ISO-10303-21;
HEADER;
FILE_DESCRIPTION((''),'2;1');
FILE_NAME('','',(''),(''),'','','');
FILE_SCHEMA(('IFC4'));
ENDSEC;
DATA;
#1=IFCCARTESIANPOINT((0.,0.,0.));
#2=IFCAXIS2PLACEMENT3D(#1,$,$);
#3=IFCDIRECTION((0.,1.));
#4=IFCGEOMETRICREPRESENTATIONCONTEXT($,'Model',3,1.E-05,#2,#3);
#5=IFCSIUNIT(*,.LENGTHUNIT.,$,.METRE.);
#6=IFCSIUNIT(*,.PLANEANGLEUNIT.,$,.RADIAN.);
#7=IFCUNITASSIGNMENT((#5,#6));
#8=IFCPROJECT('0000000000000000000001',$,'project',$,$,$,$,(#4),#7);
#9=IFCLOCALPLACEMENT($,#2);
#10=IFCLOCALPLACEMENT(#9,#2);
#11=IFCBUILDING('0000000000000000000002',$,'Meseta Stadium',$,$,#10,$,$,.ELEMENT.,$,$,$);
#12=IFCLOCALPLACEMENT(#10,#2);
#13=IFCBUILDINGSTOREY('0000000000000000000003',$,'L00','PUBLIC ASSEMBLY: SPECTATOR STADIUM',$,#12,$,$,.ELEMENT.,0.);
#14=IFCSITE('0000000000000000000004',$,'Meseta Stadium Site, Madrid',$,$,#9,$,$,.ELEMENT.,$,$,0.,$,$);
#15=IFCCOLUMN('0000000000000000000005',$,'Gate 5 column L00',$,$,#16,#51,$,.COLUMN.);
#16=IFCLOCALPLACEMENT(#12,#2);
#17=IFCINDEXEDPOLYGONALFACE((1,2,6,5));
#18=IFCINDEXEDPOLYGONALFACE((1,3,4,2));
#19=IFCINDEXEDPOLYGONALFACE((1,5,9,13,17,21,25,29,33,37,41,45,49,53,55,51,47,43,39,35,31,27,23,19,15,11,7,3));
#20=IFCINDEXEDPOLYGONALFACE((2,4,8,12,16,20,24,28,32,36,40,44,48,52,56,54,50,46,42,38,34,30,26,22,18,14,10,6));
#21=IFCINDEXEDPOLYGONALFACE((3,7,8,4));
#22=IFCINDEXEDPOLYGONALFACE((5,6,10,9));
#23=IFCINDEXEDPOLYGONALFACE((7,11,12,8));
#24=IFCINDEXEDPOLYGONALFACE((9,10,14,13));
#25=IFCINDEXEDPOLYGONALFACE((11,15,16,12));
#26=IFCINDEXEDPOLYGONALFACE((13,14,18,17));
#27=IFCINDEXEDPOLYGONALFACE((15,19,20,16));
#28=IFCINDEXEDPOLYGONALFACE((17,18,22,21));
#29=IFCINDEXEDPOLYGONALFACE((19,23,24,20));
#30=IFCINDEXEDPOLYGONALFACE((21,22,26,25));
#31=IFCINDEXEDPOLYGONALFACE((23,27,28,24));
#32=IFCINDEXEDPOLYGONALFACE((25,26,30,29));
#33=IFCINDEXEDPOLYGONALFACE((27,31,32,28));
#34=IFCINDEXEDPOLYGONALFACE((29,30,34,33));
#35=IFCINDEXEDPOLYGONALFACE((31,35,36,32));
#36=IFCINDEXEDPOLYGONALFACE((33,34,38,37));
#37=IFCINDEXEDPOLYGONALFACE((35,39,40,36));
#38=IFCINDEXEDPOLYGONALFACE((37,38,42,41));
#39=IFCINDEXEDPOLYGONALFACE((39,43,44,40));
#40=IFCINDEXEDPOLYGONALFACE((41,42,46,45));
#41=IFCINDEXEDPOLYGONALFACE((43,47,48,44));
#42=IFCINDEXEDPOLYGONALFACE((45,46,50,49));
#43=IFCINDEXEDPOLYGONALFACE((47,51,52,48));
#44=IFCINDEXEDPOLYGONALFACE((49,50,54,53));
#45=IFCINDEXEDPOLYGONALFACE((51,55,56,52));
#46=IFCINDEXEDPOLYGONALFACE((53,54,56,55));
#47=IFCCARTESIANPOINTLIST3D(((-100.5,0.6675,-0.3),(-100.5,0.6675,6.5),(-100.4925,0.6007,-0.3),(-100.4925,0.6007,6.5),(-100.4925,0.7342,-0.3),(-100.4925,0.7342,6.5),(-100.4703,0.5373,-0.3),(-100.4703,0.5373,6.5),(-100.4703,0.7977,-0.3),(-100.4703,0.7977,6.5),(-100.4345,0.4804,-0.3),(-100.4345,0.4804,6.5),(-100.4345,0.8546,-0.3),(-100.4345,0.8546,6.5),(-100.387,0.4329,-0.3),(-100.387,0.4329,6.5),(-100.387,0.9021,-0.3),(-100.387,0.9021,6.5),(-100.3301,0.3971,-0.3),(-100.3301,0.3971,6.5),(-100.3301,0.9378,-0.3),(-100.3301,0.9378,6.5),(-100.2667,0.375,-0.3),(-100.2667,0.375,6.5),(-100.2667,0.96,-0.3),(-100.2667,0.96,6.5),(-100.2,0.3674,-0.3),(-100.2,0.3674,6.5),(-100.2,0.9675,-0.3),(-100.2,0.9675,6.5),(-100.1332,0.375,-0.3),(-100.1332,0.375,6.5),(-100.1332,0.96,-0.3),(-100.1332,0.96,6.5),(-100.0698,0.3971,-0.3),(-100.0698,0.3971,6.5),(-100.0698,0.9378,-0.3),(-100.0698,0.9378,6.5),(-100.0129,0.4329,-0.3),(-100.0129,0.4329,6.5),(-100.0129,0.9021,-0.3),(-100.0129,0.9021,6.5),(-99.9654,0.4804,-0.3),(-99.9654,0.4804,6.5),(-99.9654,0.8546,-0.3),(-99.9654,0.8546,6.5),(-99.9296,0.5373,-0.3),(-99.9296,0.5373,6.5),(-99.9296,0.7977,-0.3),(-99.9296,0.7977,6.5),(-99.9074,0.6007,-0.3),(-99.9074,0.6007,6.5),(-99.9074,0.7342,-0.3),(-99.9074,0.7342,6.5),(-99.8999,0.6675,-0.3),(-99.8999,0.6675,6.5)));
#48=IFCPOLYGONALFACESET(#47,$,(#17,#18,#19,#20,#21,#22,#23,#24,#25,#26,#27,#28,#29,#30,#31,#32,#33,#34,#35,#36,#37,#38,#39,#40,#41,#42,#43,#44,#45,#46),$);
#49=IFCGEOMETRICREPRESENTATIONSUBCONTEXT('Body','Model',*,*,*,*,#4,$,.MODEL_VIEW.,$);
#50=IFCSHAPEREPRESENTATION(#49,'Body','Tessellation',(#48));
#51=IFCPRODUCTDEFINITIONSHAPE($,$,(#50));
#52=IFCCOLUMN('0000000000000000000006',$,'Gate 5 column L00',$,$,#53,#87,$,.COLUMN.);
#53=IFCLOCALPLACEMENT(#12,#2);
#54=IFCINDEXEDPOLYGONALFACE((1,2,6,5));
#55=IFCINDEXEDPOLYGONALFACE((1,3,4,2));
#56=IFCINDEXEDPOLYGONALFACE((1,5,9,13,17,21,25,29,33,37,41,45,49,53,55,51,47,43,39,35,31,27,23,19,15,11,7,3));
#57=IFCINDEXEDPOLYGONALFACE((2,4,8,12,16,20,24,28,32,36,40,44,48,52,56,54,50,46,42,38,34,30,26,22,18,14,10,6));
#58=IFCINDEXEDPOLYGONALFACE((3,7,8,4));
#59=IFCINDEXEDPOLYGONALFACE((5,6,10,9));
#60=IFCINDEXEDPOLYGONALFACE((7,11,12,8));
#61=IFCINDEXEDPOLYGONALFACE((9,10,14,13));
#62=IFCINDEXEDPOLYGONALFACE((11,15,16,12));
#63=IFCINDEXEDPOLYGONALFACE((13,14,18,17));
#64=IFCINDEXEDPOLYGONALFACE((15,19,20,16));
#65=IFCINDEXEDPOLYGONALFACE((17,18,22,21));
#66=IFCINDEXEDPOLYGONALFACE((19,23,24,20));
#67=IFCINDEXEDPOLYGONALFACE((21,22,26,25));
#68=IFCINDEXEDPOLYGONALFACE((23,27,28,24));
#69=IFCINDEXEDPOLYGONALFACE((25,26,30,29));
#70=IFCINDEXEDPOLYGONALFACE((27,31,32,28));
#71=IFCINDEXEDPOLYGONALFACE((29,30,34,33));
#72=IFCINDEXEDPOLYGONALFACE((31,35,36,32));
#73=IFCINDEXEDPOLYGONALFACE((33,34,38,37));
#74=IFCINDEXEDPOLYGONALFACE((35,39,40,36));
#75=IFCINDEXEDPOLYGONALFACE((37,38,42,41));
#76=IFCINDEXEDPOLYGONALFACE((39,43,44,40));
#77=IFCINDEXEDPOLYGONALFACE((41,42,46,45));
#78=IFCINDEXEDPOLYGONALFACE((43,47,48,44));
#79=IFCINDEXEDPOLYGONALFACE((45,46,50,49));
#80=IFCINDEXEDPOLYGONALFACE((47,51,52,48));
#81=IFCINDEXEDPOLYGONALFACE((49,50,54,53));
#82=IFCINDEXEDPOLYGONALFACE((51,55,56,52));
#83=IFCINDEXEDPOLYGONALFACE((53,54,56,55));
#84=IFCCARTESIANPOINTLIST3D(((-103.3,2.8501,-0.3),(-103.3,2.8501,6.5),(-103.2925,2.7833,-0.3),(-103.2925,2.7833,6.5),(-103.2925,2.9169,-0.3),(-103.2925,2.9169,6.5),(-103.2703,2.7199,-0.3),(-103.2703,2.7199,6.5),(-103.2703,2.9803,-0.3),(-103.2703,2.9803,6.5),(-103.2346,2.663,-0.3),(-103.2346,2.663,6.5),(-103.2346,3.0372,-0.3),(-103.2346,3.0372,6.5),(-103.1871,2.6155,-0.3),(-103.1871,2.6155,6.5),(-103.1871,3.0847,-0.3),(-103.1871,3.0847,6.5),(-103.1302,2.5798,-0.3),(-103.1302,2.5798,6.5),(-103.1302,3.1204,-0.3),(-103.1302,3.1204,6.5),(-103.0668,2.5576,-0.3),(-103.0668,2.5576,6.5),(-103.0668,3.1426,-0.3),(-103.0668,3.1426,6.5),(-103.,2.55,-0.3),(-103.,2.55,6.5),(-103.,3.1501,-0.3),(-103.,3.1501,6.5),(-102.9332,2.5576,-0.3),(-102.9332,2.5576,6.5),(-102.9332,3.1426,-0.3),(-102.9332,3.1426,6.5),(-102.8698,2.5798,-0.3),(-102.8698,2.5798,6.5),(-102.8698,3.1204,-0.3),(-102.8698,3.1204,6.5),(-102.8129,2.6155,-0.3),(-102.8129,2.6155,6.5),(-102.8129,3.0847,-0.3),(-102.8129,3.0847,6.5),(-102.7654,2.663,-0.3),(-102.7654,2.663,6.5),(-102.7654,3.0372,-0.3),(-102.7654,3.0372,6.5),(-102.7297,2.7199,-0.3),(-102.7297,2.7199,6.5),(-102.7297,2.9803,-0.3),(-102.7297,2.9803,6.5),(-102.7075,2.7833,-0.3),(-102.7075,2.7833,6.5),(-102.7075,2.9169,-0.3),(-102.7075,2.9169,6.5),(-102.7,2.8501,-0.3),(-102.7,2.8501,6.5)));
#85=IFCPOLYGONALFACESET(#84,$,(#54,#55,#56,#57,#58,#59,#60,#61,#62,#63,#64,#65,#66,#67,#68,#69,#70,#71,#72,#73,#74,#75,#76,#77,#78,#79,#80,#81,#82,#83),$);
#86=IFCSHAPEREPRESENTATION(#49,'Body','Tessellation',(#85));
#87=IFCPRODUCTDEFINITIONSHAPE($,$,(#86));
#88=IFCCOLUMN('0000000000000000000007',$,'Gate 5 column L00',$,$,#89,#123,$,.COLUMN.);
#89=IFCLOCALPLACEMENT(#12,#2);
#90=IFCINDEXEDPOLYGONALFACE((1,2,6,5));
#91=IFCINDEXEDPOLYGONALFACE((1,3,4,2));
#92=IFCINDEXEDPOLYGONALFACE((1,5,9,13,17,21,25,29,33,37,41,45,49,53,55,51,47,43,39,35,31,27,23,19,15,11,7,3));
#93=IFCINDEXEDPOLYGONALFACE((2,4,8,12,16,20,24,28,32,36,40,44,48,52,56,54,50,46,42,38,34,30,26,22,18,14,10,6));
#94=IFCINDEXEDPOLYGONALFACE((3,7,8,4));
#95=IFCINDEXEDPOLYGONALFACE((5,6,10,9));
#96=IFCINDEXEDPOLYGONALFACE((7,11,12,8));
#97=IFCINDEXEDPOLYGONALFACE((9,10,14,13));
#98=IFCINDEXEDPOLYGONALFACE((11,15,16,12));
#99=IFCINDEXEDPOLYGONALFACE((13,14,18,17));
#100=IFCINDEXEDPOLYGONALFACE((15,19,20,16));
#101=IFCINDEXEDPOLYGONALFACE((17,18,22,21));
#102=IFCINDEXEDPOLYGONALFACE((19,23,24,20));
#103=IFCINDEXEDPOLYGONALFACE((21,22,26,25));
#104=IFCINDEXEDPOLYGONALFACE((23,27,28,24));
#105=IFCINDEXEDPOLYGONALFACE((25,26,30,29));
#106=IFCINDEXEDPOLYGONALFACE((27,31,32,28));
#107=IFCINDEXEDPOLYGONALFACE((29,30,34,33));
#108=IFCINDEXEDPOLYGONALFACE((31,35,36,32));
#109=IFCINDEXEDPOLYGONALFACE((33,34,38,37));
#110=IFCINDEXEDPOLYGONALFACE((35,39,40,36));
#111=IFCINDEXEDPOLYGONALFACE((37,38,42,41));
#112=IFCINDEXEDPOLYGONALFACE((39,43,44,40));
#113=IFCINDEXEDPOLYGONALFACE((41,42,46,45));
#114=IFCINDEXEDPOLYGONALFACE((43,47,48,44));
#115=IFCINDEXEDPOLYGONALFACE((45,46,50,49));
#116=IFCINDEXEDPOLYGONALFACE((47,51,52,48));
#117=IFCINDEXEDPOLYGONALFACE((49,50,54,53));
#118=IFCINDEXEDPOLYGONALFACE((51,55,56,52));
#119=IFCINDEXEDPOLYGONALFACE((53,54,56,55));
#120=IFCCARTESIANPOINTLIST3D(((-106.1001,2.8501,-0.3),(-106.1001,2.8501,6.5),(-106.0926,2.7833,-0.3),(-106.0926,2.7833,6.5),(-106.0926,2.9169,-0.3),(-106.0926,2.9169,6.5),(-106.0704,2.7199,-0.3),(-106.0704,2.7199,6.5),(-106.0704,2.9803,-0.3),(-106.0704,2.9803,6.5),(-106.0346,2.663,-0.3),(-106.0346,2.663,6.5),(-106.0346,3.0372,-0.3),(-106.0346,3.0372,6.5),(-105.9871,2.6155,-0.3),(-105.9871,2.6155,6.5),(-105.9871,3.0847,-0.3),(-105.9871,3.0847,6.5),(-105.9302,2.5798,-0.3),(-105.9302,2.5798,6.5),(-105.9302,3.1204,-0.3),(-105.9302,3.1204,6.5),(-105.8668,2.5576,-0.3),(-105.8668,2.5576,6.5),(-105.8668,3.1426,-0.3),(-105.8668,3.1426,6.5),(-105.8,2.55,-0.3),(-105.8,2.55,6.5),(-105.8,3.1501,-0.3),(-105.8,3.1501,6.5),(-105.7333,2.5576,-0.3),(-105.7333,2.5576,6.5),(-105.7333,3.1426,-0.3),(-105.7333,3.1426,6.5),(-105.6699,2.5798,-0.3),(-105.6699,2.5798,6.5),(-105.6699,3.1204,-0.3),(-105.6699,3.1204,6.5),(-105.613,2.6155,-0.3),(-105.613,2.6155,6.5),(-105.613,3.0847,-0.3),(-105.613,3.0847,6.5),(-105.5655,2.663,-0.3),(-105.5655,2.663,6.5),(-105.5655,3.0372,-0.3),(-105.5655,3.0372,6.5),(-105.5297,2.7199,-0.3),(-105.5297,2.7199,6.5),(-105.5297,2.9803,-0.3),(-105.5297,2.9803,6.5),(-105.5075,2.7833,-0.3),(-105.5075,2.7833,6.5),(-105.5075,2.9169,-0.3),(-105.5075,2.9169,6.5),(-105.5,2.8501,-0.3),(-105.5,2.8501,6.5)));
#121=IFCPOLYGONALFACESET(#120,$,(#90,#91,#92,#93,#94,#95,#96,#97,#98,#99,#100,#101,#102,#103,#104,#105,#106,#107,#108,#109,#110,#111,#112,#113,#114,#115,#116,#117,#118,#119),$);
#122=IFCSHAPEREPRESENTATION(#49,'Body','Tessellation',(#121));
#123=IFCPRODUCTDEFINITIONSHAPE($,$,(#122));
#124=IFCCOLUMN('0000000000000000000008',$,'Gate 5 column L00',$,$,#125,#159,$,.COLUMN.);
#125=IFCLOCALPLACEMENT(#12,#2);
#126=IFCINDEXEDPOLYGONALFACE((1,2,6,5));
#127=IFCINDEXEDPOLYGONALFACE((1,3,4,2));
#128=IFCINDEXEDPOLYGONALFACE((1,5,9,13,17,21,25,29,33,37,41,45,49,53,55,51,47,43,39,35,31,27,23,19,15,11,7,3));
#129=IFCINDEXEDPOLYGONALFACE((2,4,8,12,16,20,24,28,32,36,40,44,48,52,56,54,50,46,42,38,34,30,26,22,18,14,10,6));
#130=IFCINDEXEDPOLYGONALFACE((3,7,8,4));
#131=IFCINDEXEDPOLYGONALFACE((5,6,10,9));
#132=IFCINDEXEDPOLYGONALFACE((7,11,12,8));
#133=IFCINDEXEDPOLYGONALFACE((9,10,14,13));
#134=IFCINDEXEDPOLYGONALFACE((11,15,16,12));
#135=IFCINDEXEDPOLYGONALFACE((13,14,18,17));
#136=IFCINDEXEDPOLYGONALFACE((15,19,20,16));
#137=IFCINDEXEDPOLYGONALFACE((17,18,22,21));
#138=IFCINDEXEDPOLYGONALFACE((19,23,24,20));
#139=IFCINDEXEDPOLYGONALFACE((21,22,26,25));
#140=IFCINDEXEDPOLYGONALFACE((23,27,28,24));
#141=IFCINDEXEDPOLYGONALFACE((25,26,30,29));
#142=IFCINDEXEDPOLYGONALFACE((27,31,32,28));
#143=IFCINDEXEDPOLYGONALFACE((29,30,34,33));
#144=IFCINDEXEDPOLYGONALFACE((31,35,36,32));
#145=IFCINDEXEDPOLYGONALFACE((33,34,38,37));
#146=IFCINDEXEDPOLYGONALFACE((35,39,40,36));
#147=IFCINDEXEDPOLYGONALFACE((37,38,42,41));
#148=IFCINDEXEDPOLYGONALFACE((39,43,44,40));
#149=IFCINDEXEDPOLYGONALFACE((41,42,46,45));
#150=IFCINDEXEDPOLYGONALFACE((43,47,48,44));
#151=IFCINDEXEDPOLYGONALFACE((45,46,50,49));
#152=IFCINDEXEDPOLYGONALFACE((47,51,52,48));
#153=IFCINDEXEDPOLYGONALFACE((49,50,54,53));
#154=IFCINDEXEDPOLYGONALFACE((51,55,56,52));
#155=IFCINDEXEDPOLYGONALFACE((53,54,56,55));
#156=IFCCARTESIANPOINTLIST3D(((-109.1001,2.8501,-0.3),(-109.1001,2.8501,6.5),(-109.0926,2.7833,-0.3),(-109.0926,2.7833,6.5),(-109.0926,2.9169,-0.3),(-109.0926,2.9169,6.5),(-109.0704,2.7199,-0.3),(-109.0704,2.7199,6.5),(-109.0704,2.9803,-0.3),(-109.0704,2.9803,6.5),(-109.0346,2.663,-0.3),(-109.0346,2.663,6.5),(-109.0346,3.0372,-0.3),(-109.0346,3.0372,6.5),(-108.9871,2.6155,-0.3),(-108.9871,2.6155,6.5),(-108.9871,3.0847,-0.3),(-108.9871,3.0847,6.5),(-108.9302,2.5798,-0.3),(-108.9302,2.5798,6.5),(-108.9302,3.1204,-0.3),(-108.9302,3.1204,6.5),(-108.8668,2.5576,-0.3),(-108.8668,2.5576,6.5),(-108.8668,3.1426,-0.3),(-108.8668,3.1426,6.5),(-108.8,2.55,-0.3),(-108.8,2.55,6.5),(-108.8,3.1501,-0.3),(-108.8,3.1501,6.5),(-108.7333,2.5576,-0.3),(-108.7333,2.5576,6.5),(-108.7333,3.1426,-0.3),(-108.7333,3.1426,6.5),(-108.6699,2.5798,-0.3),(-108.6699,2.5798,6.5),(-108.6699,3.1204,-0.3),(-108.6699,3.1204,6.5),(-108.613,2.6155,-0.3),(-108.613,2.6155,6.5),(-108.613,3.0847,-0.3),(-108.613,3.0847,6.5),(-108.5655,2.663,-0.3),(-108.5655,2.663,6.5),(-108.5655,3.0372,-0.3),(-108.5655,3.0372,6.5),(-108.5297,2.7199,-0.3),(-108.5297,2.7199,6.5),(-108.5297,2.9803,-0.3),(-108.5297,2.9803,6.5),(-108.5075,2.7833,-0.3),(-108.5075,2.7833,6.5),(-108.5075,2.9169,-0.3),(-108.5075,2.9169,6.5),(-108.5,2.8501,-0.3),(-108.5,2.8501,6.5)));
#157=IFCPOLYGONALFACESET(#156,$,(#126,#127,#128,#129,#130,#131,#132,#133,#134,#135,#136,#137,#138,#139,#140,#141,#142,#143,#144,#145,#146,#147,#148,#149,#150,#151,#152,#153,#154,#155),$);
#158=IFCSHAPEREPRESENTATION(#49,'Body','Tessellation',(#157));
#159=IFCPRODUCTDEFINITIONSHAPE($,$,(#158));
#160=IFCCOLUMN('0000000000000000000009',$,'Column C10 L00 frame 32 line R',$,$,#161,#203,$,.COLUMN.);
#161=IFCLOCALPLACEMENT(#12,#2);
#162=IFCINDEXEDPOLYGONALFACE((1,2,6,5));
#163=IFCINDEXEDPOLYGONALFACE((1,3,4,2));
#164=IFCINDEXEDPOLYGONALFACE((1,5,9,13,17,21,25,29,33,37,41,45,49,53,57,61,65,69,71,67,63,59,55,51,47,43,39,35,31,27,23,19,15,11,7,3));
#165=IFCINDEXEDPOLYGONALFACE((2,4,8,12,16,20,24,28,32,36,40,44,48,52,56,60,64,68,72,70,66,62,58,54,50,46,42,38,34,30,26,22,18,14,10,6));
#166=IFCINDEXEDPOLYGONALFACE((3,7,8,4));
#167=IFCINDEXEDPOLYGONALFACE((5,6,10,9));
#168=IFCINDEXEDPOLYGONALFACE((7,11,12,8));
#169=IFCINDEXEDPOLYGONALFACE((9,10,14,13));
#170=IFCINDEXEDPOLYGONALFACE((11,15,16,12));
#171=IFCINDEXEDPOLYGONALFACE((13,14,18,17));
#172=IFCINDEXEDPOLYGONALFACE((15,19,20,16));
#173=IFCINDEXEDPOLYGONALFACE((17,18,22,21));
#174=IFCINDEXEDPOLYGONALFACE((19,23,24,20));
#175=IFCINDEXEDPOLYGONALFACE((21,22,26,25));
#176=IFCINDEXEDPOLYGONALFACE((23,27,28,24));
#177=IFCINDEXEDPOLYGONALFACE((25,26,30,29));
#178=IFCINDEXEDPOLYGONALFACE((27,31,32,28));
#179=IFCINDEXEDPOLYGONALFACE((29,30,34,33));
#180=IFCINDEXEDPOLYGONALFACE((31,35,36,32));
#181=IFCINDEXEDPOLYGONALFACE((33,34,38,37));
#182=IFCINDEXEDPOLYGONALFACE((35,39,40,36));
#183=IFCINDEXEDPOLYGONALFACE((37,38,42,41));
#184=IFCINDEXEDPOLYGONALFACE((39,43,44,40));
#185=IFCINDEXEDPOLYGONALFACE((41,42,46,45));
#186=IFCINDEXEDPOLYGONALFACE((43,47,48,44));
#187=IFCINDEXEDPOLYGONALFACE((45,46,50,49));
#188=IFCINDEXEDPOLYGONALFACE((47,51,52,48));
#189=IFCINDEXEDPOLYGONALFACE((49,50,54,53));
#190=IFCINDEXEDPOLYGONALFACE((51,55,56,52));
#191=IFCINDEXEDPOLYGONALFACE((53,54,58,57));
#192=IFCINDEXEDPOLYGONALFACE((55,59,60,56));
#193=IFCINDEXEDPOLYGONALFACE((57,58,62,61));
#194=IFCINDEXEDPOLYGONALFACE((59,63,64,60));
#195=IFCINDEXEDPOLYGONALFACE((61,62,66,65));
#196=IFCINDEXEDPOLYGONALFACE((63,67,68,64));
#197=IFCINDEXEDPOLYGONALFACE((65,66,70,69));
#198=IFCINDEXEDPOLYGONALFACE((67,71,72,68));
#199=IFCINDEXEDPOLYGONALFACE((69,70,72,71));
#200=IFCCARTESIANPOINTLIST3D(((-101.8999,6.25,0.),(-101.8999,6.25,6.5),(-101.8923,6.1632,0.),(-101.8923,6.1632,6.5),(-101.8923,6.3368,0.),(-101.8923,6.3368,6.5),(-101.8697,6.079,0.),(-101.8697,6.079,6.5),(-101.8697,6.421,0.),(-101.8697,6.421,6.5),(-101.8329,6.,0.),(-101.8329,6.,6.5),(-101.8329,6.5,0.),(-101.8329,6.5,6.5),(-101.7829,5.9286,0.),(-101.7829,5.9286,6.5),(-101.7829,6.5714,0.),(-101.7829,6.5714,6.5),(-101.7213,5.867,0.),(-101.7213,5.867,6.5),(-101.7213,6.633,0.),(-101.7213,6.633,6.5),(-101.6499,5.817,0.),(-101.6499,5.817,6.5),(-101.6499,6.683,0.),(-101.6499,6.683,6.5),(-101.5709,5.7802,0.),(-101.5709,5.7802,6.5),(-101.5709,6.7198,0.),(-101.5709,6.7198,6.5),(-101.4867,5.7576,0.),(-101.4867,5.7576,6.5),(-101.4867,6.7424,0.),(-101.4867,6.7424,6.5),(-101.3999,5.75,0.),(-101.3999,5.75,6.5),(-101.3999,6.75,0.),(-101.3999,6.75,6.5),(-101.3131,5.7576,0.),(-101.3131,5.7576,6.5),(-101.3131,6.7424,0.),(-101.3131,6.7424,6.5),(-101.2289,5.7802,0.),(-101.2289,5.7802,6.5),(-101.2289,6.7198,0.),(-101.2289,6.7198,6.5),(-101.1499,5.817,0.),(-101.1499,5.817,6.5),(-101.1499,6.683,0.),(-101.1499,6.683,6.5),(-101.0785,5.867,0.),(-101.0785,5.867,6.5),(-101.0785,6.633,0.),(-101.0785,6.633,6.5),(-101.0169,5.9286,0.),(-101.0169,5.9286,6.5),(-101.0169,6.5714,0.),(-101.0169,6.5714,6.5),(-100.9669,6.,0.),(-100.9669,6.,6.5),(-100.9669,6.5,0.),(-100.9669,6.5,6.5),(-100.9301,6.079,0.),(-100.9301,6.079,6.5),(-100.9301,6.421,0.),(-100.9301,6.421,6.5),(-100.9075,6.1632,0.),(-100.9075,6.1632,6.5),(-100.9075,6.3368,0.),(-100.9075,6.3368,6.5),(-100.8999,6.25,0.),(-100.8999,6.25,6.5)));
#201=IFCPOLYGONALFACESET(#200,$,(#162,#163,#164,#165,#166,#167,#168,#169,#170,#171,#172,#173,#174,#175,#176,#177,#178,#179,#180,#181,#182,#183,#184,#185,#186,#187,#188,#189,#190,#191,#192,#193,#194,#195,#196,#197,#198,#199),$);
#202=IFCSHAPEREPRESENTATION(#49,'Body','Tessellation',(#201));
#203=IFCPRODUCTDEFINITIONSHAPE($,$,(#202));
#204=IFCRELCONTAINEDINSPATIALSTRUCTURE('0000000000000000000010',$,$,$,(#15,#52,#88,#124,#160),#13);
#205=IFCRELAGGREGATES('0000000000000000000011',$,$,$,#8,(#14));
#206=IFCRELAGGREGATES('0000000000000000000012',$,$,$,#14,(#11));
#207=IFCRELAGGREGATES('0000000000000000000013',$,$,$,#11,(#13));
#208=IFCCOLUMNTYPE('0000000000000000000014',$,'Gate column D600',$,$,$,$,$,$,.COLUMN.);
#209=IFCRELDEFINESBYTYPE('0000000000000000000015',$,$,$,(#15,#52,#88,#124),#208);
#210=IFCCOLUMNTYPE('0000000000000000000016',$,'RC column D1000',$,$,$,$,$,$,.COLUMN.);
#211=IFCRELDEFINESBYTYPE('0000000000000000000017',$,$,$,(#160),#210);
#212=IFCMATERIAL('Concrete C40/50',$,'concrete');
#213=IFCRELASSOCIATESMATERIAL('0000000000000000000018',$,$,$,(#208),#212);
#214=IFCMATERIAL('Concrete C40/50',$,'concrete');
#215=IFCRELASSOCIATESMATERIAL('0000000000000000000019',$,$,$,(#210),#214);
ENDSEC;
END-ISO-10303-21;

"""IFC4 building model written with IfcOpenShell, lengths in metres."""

from ifc_helpers import new_model, si_unit, direction, frame, origin, origin_2d, place, context, subcontext, project, spatial, circle, extrude, material, material_profile, profile_set, type_object, element, save


model = new_model("IFC4")

# Units and contexts
model_context = context("Model", 3, precision=1e-05, world=origin(), true_north=direction((0.0, 1.0)))
body_context = subcontext(model_context, "Body", "Model", "MODEL_VIEW")
ifc_project = project(units=[si_unit("LENGTHUNIT", "METRE"), si_unit("PLANEANGLEUNIT", "RADIAN")], contexts=[model_context])

# Site, building, storey
site_placement = place(None, origin())
site = spatial("IfcSite", under=ifc_project, at=site_placement, Name="Meseta Stadium Site, Madrid", CompositionType="ELEMENT", RefElevation=0.0)
building_placement = place(site_placement, origin())
building = spatial("IfcBuilding", under=site, at=building_placement, Name="Meseta Stadium", CompositionType="ELEMENT")
storey_placement = place(building_placement, origin())
storey = spatial("IfcBuildingStorey", under=building, at=storey_placement, Name="L00", Description="PUBLIC ASSEMBLY: SPECTATOR STADIUM", CompositionType="ELEMENT", Elevation=0.0)

# Columns
ifc_material_1 = material(Name="Concrete C40/50", Category="concrete")
ifc_material_profile_1 = material_profile(ifc_material_1, circle(Radius=0.3, at=origin_2d()), Name="RC D600")
ifc_profile_set_1 = profile_set([ifc_material_profile_1], Name="Concrete C40/50")
column_type_1 = type_object("IfcColumnType", Name="Gate column D600", PredefinedType="COLUMN", material=ifc_profile_set_1)
for number, where, z_axis, x_axis, name in (
    (1, (-100.2, 0.6675, -0.3), (0.0, 0.0, 1.0), (1.0, 0.0, 0.0), "Gate 5 column L00"),
    (2, (-103.0, 2.8501, -0.3), (0.0, 0.0, 1.0), (1.0, 0.0, 0.0), "Gate 5 column L00"),
    (3, (-105.8, 2.8501, -0.3), (0.0, 0.0, 1.0), (1.0, 0.0, 0.0), "Gate 5 column L00"),
    (4, (-108.8, 2.8501, -0.3), (0.0, 0.0, 1.0), (1.0, 0.0, 0.0), "Gate 5 column L00"),
):
    element("IfcColumn", number, at=place(storey_placement, frame(where, z_axis=z_axis, x_axis=x_axis)), inside=storey, type_object=column_type_1, Name=name, PredefinedType="COLUMN", context=body_context, shape_type="SweptSolid", body=[
        extrude(circle(Radius=0.3, at=origin_2d()), origin(), (0.0, 0.0, 1.0), 6.8),
    ])
ifc_material_2 = material(Name="Concrete C40/50", Category="concrete")
ifc_material_profile_2 = material_profile(ifc_material_2, circle(Radius=0.5, at=origin_2d()), Name="RC D1000")
ifc_profile_set_2 = profile_set([ifc_material_profile_2], Name="Concrete C40/50")
column_type_2 = type_object("IfcColumnType", Name="RC column D1000", PredefinedType="COLUMN", material=ifc_profile_set_2)
column_placement = place(storey_placement, frame((-101.3999, 6.25, 0.0), z_axis=(0.0, 0.0, 1.0), x_axis=(1.0, 0.0, 0.0)))
element("IfcColumn", 5, at=column_placement, inside=storey, type_object=column_type_2, Name="Column C10 L00 frame 32 line R", PredefinedType="COLUMN", context=body_context, shape_type="SweptSolid", body=[
    extrude(circle(Radius=0.5, at=origin_2d()), origin(), (0.0, 0.0, 1.0), 6.5),
])

save(model, "model.ifc")
